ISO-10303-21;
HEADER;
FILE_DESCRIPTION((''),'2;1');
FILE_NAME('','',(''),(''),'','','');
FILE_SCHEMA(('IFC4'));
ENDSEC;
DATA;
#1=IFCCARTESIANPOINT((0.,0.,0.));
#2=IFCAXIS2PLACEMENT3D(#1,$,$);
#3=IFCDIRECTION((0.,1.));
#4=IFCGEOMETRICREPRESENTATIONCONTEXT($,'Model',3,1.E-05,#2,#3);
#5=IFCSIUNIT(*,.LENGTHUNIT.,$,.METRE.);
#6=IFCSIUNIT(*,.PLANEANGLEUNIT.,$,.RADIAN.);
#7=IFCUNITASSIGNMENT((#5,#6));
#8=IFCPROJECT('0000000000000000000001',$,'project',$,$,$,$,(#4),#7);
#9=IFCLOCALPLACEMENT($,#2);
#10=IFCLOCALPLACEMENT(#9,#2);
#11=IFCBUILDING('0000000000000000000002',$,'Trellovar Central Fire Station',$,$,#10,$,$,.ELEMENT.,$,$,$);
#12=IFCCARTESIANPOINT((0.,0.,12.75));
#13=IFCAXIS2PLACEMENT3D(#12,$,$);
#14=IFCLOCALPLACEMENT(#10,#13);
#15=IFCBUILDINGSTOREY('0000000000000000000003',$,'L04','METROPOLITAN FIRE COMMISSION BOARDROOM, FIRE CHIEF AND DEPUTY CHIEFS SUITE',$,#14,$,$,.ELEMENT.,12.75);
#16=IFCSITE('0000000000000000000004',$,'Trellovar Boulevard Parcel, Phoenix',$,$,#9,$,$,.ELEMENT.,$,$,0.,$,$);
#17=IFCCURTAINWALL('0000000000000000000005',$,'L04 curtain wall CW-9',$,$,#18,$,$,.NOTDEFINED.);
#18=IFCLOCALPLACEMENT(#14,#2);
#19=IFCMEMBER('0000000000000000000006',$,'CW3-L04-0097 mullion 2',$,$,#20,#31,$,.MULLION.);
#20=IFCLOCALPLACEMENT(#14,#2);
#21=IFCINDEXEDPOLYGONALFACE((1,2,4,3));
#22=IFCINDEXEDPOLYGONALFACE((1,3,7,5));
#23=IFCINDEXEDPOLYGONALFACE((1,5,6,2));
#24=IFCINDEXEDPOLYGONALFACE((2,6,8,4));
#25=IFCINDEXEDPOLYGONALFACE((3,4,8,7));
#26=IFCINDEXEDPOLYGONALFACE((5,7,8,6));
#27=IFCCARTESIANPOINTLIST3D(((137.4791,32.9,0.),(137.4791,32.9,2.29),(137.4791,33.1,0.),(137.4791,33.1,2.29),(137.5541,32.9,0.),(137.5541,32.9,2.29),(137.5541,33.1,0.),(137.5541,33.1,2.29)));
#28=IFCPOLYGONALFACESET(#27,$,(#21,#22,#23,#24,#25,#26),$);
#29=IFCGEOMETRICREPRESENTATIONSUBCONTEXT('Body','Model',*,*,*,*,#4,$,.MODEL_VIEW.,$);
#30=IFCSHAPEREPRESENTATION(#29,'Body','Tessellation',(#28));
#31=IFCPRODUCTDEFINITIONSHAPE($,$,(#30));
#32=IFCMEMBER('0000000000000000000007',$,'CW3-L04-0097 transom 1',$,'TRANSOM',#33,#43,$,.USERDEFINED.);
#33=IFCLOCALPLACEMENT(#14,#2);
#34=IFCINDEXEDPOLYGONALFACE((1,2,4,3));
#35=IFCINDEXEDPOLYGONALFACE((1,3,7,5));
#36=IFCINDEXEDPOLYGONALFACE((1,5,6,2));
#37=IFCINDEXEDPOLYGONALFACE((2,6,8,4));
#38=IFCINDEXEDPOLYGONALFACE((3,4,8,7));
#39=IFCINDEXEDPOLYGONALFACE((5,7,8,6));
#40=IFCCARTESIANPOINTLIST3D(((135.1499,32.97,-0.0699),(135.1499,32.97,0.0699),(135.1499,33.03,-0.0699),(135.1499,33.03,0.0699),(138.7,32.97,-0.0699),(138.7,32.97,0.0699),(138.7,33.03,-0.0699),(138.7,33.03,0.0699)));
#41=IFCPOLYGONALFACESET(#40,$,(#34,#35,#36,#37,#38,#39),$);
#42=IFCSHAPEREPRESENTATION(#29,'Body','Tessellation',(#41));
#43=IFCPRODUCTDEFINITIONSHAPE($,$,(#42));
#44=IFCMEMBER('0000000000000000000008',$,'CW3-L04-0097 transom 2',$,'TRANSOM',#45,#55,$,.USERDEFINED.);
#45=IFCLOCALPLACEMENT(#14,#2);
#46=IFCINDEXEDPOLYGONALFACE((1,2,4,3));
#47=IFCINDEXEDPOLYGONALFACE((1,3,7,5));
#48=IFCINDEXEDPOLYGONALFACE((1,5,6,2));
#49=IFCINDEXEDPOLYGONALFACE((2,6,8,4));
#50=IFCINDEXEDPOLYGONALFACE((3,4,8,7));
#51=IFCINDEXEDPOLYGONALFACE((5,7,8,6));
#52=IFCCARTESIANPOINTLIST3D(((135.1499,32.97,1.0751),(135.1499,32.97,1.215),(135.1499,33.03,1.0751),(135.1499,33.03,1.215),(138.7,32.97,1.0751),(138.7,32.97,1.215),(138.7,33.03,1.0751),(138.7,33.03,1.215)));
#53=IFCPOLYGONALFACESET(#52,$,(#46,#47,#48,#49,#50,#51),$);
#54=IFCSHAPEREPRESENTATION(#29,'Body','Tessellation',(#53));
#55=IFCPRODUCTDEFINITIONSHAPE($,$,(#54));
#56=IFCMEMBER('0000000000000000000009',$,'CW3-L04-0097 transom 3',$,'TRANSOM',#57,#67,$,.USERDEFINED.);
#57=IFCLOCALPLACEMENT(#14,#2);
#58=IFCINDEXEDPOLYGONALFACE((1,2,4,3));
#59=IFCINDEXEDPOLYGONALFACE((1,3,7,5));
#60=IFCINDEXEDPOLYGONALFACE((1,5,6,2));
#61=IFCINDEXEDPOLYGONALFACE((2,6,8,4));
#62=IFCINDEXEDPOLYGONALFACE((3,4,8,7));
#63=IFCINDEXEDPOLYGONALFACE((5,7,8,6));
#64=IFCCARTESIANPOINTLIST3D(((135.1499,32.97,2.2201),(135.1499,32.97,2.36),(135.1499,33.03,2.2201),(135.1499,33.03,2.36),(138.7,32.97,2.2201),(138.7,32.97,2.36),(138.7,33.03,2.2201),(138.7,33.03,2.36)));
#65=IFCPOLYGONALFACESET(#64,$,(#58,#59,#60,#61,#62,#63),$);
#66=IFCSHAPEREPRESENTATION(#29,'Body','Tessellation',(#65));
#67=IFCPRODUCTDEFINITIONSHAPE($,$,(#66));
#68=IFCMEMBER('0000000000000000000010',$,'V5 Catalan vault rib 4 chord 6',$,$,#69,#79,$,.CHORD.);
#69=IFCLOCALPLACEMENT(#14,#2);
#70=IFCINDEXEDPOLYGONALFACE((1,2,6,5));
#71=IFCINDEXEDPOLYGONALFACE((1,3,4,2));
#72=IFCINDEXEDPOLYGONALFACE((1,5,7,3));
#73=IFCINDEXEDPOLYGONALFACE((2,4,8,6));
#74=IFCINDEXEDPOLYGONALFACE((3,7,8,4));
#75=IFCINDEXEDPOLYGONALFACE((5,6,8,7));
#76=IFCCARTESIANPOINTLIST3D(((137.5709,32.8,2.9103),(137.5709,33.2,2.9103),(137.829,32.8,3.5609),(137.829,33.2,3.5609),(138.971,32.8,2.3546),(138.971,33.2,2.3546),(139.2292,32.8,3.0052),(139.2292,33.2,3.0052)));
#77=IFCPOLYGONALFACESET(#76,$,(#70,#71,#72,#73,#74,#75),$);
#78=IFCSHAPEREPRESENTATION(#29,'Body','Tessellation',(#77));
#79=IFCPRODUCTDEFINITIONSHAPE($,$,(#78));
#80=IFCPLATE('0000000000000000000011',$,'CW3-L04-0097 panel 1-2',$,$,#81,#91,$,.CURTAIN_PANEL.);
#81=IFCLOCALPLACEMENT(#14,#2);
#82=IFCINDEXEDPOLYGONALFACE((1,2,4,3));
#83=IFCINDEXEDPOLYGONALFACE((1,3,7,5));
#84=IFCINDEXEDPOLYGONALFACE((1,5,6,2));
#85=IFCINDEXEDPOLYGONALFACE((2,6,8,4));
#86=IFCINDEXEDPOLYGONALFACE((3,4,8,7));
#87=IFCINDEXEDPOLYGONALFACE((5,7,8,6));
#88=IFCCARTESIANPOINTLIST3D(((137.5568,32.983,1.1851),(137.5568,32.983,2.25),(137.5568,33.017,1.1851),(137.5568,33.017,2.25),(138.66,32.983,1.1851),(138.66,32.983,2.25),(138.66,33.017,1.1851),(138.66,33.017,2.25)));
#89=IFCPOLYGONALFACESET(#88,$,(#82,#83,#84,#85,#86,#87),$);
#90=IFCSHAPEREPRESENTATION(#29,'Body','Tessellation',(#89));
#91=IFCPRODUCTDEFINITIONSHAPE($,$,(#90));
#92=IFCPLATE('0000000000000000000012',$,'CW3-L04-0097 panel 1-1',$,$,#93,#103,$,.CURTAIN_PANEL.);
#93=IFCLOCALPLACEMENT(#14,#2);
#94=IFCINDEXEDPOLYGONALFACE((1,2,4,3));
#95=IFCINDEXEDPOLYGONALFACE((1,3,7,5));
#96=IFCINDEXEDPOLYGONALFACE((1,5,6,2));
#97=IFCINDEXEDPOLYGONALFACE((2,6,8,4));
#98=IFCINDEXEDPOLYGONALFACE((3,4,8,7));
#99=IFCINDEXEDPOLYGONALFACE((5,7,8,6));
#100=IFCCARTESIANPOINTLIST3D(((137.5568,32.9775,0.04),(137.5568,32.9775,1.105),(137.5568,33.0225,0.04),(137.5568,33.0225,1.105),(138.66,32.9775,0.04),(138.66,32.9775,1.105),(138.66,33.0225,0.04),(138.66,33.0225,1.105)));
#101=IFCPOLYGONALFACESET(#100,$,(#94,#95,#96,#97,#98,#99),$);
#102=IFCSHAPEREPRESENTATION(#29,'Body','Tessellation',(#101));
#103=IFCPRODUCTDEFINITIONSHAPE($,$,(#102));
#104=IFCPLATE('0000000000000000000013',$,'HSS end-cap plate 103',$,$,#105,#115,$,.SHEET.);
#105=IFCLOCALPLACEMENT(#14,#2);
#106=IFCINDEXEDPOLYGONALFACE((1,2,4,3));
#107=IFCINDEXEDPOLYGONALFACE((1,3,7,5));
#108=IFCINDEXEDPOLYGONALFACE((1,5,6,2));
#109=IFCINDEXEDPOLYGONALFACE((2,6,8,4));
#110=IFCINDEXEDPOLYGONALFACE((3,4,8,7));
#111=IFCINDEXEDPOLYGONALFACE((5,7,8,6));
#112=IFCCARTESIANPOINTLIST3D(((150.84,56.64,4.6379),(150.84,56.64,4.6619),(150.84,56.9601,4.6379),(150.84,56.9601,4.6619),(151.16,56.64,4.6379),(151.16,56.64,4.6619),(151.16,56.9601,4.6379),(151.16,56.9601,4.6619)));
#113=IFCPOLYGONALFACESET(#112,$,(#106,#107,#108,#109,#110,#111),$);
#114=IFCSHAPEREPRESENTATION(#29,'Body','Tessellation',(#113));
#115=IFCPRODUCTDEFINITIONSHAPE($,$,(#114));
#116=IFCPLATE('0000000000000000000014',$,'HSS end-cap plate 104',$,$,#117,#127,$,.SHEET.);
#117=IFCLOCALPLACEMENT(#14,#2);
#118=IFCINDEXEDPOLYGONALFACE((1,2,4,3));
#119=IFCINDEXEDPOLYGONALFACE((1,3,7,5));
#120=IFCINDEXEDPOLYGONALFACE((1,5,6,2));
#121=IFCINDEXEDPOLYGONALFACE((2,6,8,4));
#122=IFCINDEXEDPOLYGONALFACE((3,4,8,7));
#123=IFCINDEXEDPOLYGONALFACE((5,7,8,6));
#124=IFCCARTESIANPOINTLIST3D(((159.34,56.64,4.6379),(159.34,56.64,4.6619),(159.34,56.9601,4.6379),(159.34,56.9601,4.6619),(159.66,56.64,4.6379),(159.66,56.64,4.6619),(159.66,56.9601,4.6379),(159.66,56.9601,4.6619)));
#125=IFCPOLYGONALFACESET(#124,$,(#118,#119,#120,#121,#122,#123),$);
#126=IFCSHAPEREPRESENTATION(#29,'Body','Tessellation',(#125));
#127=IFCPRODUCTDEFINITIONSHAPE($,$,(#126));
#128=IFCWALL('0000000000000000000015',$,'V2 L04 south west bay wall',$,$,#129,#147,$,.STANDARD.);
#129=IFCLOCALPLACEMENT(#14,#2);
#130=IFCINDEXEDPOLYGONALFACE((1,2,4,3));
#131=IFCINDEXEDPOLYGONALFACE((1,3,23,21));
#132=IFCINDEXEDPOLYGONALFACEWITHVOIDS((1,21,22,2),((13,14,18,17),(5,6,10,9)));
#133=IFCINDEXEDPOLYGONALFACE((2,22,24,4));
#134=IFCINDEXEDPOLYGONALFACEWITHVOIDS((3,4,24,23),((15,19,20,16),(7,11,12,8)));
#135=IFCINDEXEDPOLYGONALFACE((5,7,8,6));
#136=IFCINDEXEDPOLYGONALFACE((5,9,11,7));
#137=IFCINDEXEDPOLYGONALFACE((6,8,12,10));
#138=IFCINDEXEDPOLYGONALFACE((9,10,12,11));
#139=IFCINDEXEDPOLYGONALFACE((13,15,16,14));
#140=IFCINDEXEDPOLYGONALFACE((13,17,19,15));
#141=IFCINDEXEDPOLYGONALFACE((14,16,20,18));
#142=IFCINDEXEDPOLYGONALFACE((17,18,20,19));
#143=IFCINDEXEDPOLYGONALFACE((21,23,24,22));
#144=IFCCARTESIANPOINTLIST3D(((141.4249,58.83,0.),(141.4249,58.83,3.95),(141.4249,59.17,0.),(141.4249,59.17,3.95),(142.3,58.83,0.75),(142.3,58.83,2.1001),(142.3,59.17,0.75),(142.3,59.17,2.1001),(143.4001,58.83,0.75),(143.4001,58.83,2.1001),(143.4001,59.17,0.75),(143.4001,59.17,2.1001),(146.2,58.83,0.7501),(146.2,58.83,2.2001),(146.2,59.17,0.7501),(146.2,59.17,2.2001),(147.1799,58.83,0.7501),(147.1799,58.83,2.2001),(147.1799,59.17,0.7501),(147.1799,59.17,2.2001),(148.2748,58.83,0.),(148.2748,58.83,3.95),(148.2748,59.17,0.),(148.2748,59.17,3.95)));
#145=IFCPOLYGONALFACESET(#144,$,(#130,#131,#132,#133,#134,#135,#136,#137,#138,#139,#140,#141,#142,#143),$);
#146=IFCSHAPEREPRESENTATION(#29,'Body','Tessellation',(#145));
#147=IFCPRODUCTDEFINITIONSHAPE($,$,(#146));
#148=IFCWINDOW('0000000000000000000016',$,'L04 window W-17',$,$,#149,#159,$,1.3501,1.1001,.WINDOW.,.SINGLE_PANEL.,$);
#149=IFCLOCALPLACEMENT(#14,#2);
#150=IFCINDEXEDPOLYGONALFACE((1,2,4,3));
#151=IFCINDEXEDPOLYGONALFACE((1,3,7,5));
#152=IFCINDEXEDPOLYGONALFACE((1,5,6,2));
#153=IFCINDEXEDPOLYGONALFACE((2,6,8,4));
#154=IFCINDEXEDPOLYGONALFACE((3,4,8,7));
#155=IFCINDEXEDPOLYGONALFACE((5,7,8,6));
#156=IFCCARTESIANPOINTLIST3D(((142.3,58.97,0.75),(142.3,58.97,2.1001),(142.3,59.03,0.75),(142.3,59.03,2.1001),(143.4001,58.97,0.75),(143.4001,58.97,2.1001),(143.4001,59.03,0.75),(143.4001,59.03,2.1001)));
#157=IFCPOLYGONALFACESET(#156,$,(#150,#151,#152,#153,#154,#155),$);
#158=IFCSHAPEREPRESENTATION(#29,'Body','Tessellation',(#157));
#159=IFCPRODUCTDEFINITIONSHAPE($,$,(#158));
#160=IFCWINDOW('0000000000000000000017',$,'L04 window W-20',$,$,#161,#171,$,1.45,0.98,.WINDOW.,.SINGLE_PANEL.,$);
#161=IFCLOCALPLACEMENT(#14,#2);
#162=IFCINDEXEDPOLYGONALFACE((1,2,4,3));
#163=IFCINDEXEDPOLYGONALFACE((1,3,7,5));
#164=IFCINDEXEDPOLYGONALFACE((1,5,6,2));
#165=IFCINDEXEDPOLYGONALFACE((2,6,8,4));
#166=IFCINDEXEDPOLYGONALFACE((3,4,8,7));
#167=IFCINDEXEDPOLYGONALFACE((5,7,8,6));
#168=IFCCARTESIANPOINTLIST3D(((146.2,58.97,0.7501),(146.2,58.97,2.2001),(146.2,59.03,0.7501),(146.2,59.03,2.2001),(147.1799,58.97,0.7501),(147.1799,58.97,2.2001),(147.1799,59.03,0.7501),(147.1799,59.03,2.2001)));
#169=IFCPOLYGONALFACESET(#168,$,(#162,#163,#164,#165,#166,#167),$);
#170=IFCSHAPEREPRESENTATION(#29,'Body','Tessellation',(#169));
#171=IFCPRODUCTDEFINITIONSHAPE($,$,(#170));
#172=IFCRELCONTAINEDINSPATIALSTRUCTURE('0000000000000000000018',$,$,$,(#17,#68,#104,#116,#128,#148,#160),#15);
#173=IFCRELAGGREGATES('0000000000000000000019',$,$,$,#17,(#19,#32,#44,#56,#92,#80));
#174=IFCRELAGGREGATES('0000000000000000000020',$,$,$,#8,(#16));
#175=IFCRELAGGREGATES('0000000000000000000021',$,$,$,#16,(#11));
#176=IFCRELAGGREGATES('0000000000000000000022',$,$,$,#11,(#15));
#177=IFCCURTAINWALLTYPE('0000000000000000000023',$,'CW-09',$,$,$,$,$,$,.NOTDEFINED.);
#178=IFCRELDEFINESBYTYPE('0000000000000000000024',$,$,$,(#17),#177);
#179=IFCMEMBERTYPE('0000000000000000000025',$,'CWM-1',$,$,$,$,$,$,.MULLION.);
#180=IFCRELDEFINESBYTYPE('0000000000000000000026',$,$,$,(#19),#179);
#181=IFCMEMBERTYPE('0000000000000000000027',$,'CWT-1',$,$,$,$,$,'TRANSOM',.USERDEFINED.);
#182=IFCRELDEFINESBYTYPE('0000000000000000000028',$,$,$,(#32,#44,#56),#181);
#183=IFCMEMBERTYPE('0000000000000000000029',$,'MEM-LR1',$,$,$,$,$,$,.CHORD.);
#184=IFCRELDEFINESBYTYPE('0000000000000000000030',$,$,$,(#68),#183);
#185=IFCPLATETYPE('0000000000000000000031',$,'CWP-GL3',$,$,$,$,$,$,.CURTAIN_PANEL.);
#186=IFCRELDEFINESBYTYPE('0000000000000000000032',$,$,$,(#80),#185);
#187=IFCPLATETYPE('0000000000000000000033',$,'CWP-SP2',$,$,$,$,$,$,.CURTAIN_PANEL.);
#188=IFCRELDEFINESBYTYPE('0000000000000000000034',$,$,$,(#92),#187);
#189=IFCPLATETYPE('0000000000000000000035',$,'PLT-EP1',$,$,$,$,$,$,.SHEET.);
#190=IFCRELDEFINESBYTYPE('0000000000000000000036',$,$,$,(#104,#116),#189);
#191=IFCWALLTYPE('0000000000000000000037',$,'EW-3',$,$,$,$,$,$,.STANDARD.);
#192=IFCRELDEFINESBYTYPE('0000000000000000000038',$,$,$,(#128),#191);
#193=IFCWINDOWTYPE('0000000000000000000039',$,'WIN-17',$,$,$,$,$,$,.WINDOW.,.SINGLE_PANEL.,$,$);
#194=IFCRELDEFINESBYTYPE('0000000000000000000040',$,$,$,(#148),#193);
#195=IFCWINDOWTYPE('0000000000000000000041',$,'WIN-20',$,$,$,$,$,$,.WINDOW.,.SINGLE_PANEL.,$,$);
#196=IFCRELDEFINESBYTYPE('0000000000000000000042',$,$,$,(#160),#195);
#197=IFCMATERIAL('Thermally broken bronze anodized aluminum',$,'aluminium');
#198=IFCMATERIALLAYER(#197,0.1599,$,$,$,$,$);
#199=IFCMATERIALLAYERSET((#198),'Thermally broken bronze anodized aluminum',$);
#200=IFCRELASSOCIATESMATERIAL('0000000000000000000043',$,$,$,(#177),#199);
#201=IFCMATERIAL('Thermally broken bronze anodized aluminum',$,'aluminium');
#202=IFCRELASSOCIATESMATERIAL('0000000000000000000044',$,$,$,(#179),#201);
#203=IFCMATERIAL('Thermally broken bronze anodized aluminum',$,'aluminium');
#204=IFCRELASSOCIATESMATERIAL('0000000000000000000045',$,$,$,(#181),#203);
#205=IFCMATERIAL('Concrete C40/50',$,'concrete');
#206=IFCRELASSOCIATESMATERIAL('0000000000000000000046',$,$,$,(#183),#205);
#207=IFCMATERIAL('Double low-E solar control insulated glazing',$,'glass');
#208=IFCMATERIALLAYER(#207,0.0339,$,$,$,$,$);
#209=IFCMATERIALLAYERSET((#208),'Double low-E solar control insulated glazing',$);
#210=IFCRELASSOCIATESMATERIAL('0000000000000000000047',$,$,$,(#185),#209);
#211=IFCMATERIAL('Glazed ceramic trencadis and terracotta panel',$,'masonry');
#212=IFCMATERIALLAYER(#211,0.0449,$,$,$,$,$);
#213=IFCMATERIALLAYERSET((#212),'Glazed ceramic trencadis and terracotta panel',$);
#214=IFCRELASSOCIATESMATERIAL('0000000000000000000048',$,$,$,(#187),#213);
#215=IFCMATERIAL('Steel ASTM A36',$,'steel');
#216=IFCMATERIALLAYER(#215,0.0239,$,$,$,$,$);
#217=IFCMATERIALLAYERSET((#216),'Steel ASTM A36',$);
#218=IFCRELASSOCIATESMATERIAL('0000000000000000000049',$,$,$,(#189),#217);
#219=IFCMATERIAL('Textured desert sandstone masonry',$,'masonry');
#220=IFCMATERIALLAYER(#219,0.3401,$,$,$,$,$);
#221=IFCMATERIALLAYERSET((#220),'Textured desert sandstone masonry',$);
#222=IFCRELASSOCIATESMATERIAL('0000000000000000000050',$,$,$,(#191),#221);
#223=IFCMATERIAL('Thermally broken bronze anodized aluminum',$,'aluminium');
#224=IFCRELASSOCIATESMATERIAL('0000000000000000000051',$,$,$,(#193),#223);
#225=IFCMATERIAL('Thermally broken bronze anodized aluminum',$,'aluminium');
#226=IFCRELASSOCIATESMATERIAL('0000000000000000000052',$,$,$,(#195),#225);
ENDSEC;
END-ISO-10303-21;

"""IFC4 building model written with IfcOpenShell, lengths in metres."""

from ifc_helpers import new_model, si_unit, direction, frame, frame_2d, origin, origin_2d, place, context, subcontext, project, spatial, rectangle, extrude, material, layer, layer_set, material_profile, profile_set, type_object, element, fill, aggregate, save


model = new_model("IFC4")

# Units and contexts
model_context = context("Model", 3, precision=1e-05, world=origin(), true_north=direction((0.0, 1.0)))
body_context = subcontext(model_context, "Body", "Model", "MODEL_VIEW")
ifc_project = project(units=[si_unit("LENGTHUNIT", "METRE"), si_unit("PLANEANGLEUNIT", "RADIAN")], contexts=[model_context])

# Site, building, storey
site_placement = place(None, origin())
site = spatial("IfcSite", under=ifc_project, at=site_placement, Name="Trellovar Boulevard Parcel, Phoenix", CompositionType="ELEMENT", RefElevation=0.0)
building_placement = place(site_placement, origin())
building = spatial("IfcBuilding", under=site, at=building_placement, Name="Trellovar Central Fire Station", CompositionType="ELEMENT")
storey_placement = place(building_placement, frame((0.0, 0.0, 12.75)))
storey = spatial("IfcBuildingStorey", under=building, at=storey_placement, Name="L04", Description="METROPOLITAN FIRE COMMISSION BOARDROOM, FIRE CHIEF AND DEPUTY CHIEFS SUITE", CompositionType="ELEMENT", Elevation=12.75)

# Curtain wall, members
ifc_material_1 = material(Name="Thermally broken bronze anodized aluminum", Category="aluminium")
ifc_layer_1 = layer(ifc_material_1, 0.1599)
ifc_layer_set_1 = layer_set([ifc_layer_1], Name="Thermally broken bronze anodized aluminum")
curtain_wall_type = type_object("IfcCurtainWallType", Name="CW-09", PredefinedType="NOTDEFINED", material=ifc_layer_set_1)
curtain_wall_placement = place(storey_placement, origin())
curtain_wall = element("IfcCurtainWall", 1, at=curtain_wall_placement, inside=storey, type_object=curtain_wall_type, Name="L04 curtain wall CW-9", PredefinedType="NOTDEFINED")
ifc_material_2 = material(Name="Thermally broken bronze anodized aluminum", Category="aluminium")
ifc_material_profile_1 = material_profile(ifc_material_2, rectangle(XDim=0.075, YDim=0.2, at=origin_2d()), Name="ALU75X200")
ifc_profile_set_1 = profile_set([ifc_material_profile_1], Name="Thermally broken bronze anodized aluminum")
member_type_1 = type_object("IfcMemberType", Name="CWM-1", PredefinedType="MULLION", material=ifc_profile_set_1)
member_1_placement = place(storey_placement, frame((137.5166, 33.0, 0.0), z_axis=(0.0, 0.0, 1.0), x_axis=(1.0, 0.0, 0.0)))
member_1 = element("IfcMember", 2, at=member_1_placement, type_object=member_type_1, Name="CW3-L04-0097 mullion 2", PredefinedType="MULLION", context=body_context, shape_type="SweptSolid", body=[
    extrude(rectangle(XDim=0.075, YDim=0.2, at=origin_2d()), origin(), (0.0, 0.0, 1.0), 2.29),
])
ifc_material_3 = material(Name="Thermally broken bronze anodized aluminum", Category="aluminium")
ifc_material_profile_2 = material_profile(ifc_material_3, rectangle(XDim=0.0601, YDim=0.1399, at=origin_2d()), Name="ALU60X140")
ifc_profile_set_2 = profile_set([ifc_material_profile_2], Name="Thermally broken bronze anodized aluminum")
member_type_2 = type_object("IfcMemberType", Name="CWT-1", ElementType="TRANSOM", PredefinedType="USERDEFINED", material=ifc_profile_set_2)
member_2_placement = place(storey_placement, frame((138.7, 33.0, 0.0), z_axis=(-1.0, 0.0, 0.0), x_axis=(0.0, -1.0, 0.0)))
member_2 = element("IfcMember", 3, at=member_2_placement, type_object=member_type_2, Name="CW3-L04-0097 transom 1", ObjectType="TRANSOM", PredefinedType="USERDEFINED", context=body_context, shape_type="SweptSolid", body=[
    extrude(rectangle(XDim=0.0601, YDim=0.1399, at=origin_2d()), origin(), (0.0, 0.0, 1.0), 3.55),
])
member_3_placement = place(storey_placement, frame((138.7, 33.0, 1.145), z_axis=(-1.0, 0.0, 0.0), x_axis=(0.0, -1.0, 0.0)))
member_3 = element("IfcMember", 4, at=member_3_placement, type_object=member_type_2, Name="CW3-L04-0097 transom 2", ObjectType="TRANSOM", PredefinedType="USERDEFINED", context=body_context, shape_type="SweptSolid", body=[
    extrude(rectangle(XDim=0.0601, YDim=0.1399, at=origin_2d()), origin(), (0.0, 0.0, 1.0), 3.55),
])
member_4_placement = place(storey_placement, frame((138.7, 33.0, 2.29), z_axis=(-1.0, 0.0, 0.0), x_axis=(0.0, -1.0, 0.0)))
member_4 = element("IfcMember", 5, at=member_4_placement, type_object=member_type_2, Name="CW3-L04-0097 transom 3", ObjectType="TRANSOM", PredefinedType="USERDEFINED", context=body_context, shape_type="SweptSolid", body=[
    extrude(rectangle(XDim=0.0601, YDim=0.1399, at=origin_2d()), origin(), (0.0, 0.0, 1.0), 3.55),
])

# Member
ifc_material_4 = material(Name="Concrete C40/50", Category="concrete")
ifc_material_profile_3 = material_profile(ifc_material_4, rectangle(XDim=0.3999, YDim=0.7, at=origin_2d()), Name="RC400X700")
ifc_profile_set_3 = profile_set([ifc_material_profile_3], Name="Concrete C40/50")
member_type_3 = type_object("IfcMemberType", Name="MEM-LR1", PredefinedType="CHORD", material=ifc_profile_set_3)
member_5_placement = place(storey_placement, frame((137.7, 33.0, 3.2356), z_axis=(0.929479, 0.0, -0.368874), x_axis=(0.0, 1.0, 0.0)))
element("IfcMember", 6, at=member_5_placement, inside=storey, type_object=member_type_3, Name="V5 Catalan vault rib 4 chord 6", PredefinedType="CHORD", context=body_context, shape_type="SweptSolid", body=[
    extrude(rectangle(XDim=0.3999, YDim=0.7, at=origin_2d()), origin(), (0.0, 0.0, 1.0), 1.5063),
])

# Plates
ifc_material_5 = material(Name="Double low-E solar control insulated glazing", Category="glass")
ifc_layer_2 = layer(ifc_material_5, 0.0339)
ifc_layer_set_2 = layer_set([ifc_layer_2], Name="Double low-E solar control insulated glazing")
plate_type_1 = type_object("IfcPlateType", Name="CWP-GL3", PredefinedType="CURTAIN_PANEL", material=ifc_layer_set_2)
plate_1_placement = place(storey_placement, frame((138.1084, 33.0, 1.1851), z_axis=(0.0, 0.0, 1.0), x_axis=(-1.0, 0.0, 0.0)))
plate_1 = element("IfcPlate", 7, at=plate_1_placement, type_object=plate_type_1, Name="CW3-L04-0097 panel 1-2", PredefinedType="CURTAIN_PANEL", context=body_context, shape_type="SweptSolid", body=[
    extrude(rectangle(XDim=1.1033, YDim=0.0339, at=origin_2d()), origin(), (0.0, 0.0, 1.0), 1.0649),
])
ifc_material_6 = material(Name="Glazed ceramic trencadis and terracotta panel", Category="masonry")
ifc_layer_3 = layer(ifc_material_6, 0.0449)
ifc_layer_set_3 = layer_set([ifc_layer_3], Name="Glazed ceramic trencadis and terracotta panel")
plate_type_2 = type_object("IfcPlateType", Name="CWP-SP2", PredefinedType="CURTAIN_PANEL", material=ifc_layer_set_3)
plate_2_placement = place(storey_placement, frame((138.1084, 33.0, 0.04), z_axis=(0.0, 0.0, 1.0), x_axis=(-1.0, 0.0, 0.0)))
plate_2 = element("IfcPlate", 8, at=plate_2_placement, type_object=plate_type_2, Name="CW3-L04-0097 panel 1-1", PredefinedType="CURTAIN_PANEL", context=body_context, shape_type="SweptSolid", body=[
    extrude(rectangle(XDim=1.1033, YDim=0.0449, at=origin_2d()), origin(), (0.0, 0.0, 1.0), 1.0649),
])
aggregate(curtain_wall, [member_1, member_2, member_3, member_4, plate_2, plate_1])

# Plates
ifc_material_7 = material(Name="Steel ASTM A36", Category="steel")
ifc_layer_4 = layer(ifc_material_7, 0.0239)
ifc_layer_set_4 = layer_set([ifc_layer_4], Name="Steel ASTM A36")
plate_type_3 = type_object("IfcPlateType", Name="PLT-EP1", PredefinedType="SHEET", material=ifc_layer_set_4)
for number, where, z_axis, x_axis, name in (
    (9, (151.0, 56.8, 4.6379), (0.0, 0.0, 1.0), (1.0, 0.0, 0.0), "HSS end-cap plate 103"),
    (10, (159.5, 56.8, 4.6379), (0.0, 0.0, 1.0), (1.0, 0.0, 0.0), "HSS end-cap plate 104"),
):
    element("IfcPlate", number, at=place(storey_placement, frame(where, z_axis=z_axis, x_axis=x_axis)), inside=storey, type_object=plate_type_3, Name=name, PredefinedType="SHEET", context=body_context, shape_type="SweptSolid", body=[
        extrude(rectangle(XDim=0.3201, YDim=0.3201, at=origin_2d()), origin(), (0.0, 0.0, 1.0), 0.0239),
    ])

# Wall, openings, windows
ifc_material_8 = material(Name="Textured desert sandstone masonry", Category="masonry")
ifc_layer_5 = layer(ifc_material_8, 0.3401)
ifc_layer_set_5 = layer_set([ifc_layer_5], Name="Textured desert sandstone masonry")
wall_type = type_object("IfcWallType", Name="EW-3", PredefinedType="STANDARD", material=ifc_layer_set_5)
wall_placement = place(storey_placement, frame((141.425, 59.0, 0.0), z_axis=(0.0, 0.0, 1.0), x_axis=(1.0, 0.0, 0.0)))
wall = element("IfcWall", 11, at=wall_placement, inside=storey, type_object=wall_type, Name="V2 L04 south west bay wall", PredefinedType="STANDARD", context=body_context, shape_type="SweptSolid", body=[
    extrude(rectangle(XDim=6.8499, YDim=0.3401, at=frame_2d((3.4248, 0.0))), origin(), (0.0, 0.0, 1.0), 3.95),
])
opening_1_placement = place(wall_placement, frame((0.875, 0.0, 0.75)))
opening_1 = element("IfcOpeningElement", 12, at=opening_1_placement, cuts=wall, PredefinedType="OPENING", context=body_context, shape_type="SweptSolid", body=[
    extrude(rectangle(XDim=1.1001, YDim=1.3501, at=frame_2d((0.55, 0.675))), frame((0.0, 0.1799, 0.0), z_axis=(0.0, -1.0, 0.0), x_axis=(1.0, 0.0, 0.0)), (0.0, 0.0, 1.0), 0.3601),
])
opening_2_placement = place(wall_placement, frame((4.7749, 0.0, 0.75)))
opening_2 = element("IfcOpeningElement", 13, at=opening_2_placement, cuts=wall, PredefinedType="OPENING", context=body_context, shape_type="SweptSolid", body=[
    extrude(rectangle(XDim=0.98, YDim=1.45, at=frame_2d((0.49, 0.7251))), frame((0.0, 0.1799, 0.0), z_axis=(0.0, -1.0, 0.0), x_axis=(1.0, 0.0, 0.0)), (0.0, 0.0, 1.0), 0.3601),
])
ifc_material_9 = material(Name="Thermally broken bronze anodized aluminum", Category="aluminium")
window_type_1 = type_object("IfcWindowType", Name="WIN-17", PartitioningType="SINGLE_PANEL", PredefinedType="WINDOW", material=ifc_material_9)
window_1_placement = place(opening_1_placement, origin())
window_1 = element("IfcWindow", 14, at=window_1_placement, inside=storey, type_object=window_type_1, Name="L04 window W-17", OverallHeight=1.3501, OverallWidth=1.1001, PartitioningType="SINGLE_PANEL", PredefinedType="WINDOW", context=body_context, shape_type="SweptSolid", body=[
    extrude(rectangle(XDim=1.1001, YDim=1.3501, at=frame_2d((0.55, 0.675))), frame((0.0, 0.03, 0.0), z_axis=(0.0, -1.0, 0.0), x_axis=(1.0, 0.0, 0.0)), (0.0, 0.0, 1.0), 0.0601),
])
fill(opening_1, window_1)
ifc_material_10 = material(Name="Thermally broken bronze anodized aluminum", Category="aluminium")
window_type_2 = type_object("IfcWindowType", Name="WIN-20", PartitioningType="SINGLE_PANEL", PredefinedType="WINDOW", material=ifc_material_10)
window_2_placement = place(opening_2_placement, origin())
window_2 = element("IfcWindow", 15, at=window_2_placement, inside=storey, type_object=window_type_2, Name="L04 window W-20", OverallHeight=1.45, OverallWidth=0.98, PartitioningType="SINGLE_PANEL", PredefinedType="WINDOW", context=body_context, shape_type="SweptSolid", body=[
    extrude(rectangle(XDim=0.98, YDim=1.45, at=frame_2d((0.49, 0.7251))), frame((0.0, 0.03, 0.0), z_axis=(0.0, -1.0, 0.0), x_axis=(1.0, 0.0, 0.0)), (0.0, 0.0, 1.0), 0.0601),
])
fill(opening_2, window_2)

save(model, "model.ifc")
